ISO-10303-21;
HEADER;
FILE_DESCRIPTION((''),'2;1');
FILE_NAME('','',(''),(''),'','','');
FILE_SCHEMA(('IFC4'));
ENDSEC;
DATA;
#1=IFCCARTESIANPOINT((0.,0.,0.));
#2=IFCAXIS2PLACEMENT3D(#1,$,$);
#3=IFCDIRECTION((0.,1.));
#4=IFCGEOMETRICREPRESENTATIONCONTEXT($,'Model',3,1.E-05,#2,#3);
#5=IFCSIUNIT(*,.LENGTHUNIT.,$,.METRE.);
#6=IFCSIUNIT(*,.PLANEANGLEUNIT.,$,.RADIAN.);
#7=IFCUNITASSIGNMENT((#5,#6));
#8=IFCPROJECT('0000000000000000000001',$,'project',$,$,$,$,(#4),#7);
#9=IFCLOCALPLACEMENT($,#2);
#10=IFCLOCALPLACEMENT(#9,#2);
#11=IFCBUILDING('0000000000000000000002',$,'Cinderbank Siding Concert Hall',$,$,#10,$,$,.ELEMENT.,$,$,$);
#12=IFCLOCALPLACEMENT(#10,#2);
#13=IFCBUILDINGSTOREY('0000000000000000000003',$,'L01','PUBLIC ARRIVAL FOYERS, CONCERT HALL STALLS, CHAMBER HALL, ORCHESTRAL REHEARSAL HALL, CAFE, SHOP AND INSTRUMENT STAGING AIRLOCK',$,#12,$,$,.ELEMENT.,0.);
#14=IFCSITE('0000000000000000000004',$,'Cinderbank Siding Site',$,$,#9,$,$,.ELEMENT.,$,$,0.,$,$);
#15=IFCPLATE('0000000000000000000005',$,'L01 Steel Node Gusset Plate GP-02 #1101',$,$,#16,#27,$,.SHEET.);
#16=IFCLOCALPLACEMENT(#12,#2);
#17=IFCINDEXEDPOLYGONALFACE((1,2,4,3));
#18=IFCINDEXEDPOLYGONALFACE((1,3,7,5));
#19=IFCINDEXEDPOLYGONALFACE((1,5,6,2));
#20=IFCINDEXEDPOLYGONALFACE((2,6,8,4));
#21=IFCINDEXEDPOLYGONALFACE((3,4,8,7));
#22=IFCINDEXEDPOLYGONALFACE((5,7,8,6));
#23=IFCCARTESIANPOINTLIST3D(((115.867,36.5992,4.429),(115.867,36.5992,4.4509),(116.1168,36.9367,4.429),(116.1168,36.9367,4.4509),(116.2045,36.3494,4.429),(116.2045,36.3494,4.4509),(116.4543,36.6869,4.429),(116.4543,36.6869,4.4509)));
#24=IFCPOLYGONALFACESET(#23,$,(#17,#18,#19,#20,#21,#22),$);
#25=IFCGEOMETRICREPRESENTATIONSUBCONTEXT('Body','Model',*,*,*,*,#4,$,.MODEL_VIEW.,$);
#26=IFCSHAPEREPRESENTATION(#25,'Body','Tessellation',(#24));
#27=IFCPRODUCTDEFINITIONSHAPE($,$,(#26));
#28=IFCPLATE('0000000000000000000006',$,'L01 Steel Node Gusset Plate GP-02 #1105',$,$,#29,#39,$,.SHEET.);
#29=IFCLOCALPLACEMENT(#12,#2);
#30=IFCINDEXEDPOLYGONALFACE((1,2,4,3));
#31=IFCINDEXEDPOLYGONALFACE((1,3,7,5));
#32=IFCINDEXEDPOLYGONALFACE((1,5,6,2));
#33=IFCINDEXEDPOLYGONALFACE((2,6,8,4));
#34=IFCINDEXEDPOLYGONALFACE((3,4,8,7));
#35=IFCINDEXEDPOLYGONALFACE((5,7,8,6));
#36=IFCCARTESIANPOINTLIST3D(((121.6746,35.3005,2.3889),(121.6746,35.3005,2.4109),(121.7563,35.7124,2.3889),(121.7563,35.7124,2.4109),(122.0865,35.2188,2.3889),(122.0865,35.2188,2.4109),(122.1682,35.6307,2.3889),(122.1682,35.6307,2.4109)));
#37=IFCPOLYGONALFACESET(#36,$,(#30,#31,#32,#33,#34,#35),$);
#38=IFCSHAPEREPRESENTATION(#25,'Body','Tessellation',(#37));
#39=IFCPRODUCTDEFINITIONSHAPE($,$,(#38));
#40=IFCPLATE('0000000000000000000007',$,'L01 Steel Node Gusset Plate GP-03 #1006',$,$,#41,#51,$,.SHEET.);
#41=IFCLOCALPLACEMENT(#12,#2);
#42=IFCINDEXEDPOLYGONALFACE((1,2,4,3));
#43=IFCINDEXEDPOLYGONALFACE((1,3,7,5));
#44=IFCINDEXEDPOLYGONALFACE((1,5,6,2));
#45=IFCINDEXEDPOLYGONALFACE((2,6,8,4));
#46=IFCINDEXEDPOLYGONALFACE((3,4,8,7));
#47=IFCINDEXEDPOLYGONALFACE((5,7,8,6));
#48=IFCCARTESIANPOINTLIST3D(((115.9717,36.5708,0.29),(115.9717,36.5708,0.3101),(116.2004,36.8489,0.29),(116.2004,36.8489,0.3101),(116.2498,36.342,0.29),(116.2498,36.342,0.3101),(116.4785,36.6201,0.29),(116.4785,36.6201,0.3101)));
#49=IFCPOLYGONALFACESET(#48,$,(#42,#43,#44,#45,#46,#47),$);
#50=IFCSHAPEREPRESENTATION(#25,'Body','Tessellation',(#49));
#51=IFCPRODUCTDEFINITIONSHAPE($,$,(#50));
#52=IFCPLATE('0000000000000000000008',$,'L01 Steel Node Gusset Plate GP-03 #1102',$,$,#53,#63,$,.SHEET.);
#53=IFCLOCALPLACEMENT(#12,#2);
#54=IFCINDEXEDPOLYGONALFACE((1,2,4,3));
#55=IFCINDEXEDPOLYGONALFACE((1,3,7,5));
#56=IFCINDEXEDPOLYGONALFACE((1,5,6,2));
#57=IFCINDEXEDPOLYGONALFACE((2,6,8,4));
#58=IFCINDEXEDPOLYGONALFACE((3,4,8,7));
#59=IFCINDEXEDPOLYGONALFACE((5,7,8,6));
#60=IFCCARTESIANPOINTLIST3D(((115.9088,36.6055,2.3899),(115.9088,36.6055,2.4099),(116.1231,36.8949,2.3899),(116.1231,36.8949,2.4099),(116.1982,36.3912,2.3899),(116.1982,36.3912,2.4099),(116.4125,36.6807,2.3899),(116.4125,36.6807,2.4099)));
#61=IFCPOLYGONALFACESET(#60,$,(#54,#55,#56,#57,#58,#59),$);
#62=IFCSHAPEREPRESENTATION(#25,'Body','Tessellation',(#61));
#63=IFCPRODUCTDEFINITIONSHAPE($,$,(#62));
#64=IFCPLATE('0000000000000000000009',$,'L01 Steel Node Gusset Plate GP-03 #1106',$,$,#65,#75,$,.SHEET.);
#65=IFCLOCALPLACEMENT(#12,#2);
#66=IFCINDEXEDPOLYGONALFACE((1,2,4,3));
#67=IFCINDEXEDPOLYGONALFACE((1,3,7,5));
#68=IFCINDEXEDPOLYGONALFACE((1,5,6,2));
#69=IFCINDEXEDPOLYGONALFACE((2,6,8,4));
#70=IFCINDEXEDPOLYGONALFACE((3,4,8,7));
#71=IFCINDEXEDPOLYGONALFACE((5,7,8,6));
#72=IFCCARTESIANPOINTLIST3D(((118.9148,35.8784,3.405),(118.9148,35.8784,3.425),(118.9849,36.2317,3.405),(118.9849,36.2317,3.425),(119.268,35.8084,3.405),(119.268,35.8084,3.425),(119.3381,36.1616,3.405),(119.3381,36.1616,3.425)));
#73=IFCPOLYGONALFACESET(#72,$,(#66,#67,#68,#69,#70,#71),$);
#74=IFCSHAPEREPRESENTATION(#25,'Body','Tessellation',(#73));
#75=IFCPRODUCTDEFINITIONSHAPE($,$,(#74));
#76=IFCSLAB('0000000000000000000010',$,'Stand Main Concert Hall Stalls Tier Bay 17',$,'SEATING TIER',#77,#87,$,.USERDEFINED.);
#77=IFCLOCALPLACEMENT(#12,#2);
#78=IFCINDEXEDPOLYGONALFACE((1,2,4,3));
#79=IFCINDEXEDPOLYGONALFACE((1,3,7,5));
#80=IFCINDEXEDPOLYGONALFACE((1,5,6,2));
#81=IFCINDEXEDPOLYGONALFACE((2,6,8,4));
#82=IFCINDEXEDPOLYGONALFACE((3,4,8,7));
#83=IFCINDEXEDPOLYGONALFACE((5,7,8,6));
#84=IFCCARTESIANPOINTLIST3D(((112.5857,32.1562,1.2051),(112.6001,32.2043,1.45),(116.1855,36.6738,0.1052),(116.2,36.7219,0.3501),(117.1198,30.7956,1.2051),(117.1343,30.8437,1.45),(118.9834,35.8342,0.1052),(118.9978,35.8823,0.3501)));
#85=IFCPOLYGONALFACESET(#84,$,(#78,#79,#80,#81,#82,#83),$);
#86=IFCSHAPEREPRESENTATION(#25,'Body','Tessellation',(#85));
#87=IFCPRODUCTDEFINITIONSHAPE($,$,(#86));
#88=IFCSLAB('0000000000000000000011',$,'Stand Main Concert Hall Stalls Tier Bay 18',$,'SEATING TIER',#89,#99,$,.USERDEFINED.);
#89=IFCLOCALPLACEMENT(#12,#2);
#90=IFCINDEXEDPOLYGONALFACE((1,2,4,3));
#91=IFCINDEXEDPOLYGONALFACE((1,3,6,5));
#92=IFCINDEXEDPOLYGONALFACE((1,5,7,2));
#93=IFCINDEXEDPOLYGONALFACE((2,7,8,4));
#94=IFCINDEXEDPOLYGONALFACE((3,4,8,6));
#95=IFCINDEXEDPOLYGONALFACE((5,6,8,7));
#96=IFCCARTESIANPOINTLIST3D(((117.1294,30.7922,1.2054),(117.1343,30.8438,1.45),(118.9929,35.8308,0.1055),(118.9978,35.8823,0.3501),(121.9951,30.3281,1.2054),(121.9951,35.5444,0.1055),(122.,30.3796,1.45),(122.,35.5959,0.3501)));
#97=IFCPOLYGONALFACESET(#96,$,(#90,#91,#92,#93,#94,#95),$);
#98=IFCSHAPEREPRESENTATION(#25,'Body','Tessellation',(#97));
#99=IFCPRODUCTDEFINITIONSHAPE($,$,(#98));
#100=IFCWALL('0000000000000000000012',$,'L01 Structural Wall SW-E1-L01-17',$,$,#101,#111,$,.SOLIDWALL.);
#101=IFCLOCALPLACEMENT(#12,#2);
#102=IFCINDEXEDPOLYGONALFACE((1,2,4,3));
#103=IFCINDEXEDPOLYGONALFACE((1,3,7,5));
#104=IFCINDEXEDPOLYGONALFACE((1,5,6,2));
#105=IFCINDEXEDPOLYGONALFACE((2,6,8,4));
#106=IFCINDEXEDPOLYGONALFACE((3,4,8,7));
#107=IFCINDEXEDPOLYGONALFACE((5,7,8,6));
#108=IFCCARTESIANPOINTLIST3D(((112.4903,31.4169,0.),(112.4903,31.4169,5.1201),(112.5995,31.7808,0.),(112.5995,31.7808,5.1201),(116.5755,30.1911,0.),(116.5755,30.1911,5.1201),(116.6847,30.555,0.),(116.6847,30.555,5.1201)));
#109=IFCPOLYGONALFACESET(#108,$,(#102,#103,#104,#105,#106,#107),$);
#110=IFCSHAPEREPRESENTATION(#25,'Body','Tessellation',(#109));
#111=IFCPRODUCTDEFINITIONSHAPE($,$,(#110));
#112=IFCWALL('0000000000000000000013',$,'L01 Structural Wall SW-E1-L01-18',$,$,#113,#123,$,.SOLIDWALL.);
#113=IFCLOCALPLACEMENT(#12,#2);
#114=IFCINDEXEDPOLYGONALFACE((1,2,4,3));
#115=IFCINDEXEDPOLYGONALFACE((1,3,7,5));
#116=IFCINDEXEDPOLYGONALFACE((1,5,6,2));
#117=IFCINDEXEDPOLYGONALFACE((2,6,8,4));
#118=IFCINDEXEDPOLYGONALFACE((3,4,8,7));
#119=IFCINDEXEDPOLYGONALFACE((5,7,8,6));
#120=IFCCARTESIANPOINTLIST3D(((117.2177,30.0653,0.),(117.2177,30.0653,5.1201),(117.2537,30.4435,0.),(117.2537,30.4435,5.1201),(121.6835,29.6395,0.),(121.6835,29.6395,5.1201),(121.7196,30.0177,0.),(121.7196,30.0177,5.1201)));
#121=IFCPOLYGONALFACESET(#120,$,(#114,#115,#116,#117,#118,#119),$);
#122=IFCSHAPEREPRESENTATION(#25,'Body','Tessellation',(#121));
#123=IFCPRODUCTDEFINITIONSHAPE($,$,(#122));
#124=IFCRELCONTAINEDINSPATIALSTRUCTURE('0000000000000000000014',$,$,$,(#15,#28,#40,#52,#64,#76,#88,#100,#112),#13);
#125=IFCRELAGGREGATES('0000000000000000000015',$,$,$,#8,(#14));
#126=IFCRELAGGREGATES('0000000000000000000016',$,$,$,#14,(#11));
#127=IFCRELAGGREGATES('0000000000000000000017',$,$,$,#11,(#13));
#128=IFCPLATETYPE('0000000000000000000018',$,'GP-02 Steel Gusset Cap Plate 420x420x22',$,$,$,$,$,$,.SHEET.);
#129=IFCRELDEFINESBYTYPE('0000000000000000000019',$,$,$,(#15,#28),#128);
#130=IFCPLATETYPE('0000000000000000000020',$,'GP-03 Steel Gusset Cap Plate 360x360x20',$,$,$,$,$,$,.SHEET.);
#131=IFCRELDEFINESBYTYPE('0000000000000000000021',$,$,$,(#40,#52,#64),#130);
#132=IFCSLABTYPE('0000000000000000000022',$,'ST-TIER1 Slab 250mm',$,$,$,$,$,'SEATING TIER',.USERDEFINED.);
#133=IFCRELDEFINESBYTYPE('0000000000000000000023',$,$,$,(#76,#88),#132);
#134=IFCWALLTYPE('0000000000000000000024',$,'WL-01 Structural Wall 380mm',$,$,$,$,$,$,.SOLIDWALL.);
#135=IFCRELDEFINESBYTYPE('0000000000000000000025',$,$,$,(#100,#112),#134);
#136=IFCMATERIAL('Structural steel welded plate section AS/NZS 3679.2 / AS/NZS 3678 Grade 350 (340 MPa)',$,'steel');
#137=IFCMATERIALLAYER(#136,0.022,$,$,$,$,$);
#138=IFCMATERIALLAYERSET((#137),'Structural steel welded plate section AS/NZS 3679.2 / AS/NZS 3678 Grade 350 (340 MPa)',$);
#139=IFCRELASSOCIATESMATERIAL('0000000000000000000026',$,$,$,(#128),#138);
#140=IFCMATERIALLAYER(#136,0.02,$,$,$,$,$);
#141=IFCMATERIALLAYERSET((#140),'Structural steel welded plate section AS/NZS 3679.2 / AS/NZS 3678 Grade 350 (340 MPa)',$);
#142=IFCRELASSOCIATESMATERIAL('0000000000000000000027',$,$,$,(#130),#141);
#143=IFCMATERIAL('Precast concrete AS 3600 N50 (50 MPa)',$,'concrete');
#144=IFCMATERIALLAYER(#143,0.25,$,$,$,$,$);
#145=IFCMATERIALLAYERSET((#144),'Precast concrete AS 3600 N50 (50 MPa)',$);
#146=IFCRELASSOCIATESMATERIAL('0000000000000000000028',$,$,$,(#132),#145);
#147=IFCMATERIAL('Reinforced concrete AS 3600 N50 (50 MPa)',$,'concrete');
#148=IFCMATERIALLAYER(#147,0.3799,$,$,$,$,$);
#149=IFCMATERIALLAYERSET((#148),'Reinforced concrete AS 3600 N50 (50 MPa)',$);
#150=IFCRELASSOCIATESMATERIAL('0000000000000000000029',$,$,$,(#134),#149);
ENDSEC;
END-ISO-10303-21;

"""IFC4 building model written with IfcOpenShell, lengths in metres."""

from ifc_helpers import new_model, si_unit, direction, frame, frame_2d, origin, origin_2d, place, context, subcontext, project, spatial, polyline, rectangle, outline, extrude, material, layer, layer_set, type_object, element, save


model = new_model("IFC4")

# Units and contexts
model_context = context("Model", 3, precision=1e-05, world=origin(), true_north=direction((0.0, 1.0)))
body_context = subcontext(model_context, "Body", "Model", "MODEL_VIEW")
ifc_project = project(units=[si_unit("LENGTHUNIT", "METRE"), si_unit("PLANEANGLEUNIT", "RADIAN")], contexts=[model_context])

# Site, building, storey
site_placement = place(None, origin())
site = spatial("IfcSite", under=ifc_project, at=site_placement, Name="Cinderbank Siding Site", CompositionType="ELEMENT", RefElevation=0.0)
building_placement = place(site_placement, origin())
building = spatial("IfcBuilding", under=site, at=building_placement, Name="Cinderbank Siding Concert Hall", CompositionType="ELEMENT")
storey_placement = place(building_placement, origin())
storey = spatial("IfcBuildingStorey", under=building, at=storey_placement, Name="L01", Description="PUBLIC ARRIVAL FOYERS, CONCERT HALL STALLS, CHAMBER HALL, ORCHESTRAL REHEARSAL HALL, CAFE, SHOP AND INSTRUMENT STAGING AIRLOCK", CompositionType="ELEMENT", Elevation=0.0)

# Shared definitions
ifc_material_1 = material(Name="Reinforced concrete AS 3600 N50 (50 MPa)", Category="concrete")

# Plates
ifc_material_2 = material(Name="Structural steel welded plate section AS/NZS 3679.2 / AS/NZS 3678 Grade 350 (340 MPa)", Category="steel")
ifc_layer_1 = layer(ifc_material_2, 0.022)
ifc_layer_set_1 = layer_set([ifc_layer_1], Name="Structural steel welded plate section AS/NZS 3679.2 / AS/NZS 3678 Grade 350 (340 MPa)")
plate_type_1 = type_object("IfcPlateType", Name="GP-02 Steel Gusset Cap Plate 420x420x22", PredefinedType="SHEET", material=ifc_layer_set_1)
for number, where, z_axis, x_axis, name in (
    (1, (116.1606, 36.6431, 4.429), (0.0, 0.0, 1.0), (0.803753, -0.594963, 0.0), "L01 Steel Node Gusset Plate GP-02 #1101"),
    (2, (121.9214, 35.4656, 2.3889), (0.0, 0.0, 1.0), (-0.980887, 0.194577, 0.0), "L01 Steel Node Gusset Plate GP-02 #1105"),
):
    element("IfcPlate", number, at=place(storey_placement, frame(where, z_axis=z_axis, x_axis=x_axis)), inside=storey, type_object=plate_type_1, Name=name, PredefinedType="SHEET", context=body_context, shape_type="SweptSolid", body=[
        extrude(rectangle(XDim=0.4199, YDim=0.4199, at=origin_2d()), origin(), (0.0, 0.0, 1.0), 0.022),
    ])
ifc_layer_2 = layer(ifc_material_2, 0.02)
ifc_layer_set_2 = layer_set([ifc_layer_2], Name="Structural steel welded plate section AS/NZS 3679.2 / AS/NZS 3678 Grade 350 (340 MPa)")
plate_type_2 = type_object("IfcPlateType", Name="GP-03 Steel Gusset Cap Plate 360x360x20", PredefinedType="SHEET", material=ifc_layer_set_2)
for number, where, z_axis, x_axis, name in (
    (3, (116.2251, 36.5955, 0.29), (0.0, 0.0, 1.0), (-0.63527, -0.77229, 0.0), "L01 Steel Node Gusset Plate GP-03 #1006"),
    (4, (116.1606, 36.6431, 2.3899), (0.0, 0.0, 1.0), (-0.803753, 0.594963, 0.0), "L01 Steel Node Gusset Plate GP-03 #1102"),
    (5, (119.1265, 36.02, 3.405), (0.0, 0.0, 1.0), (-0.980887, 0.194577, 0.0), "L01 Steel Node Gusset Plate GP-03 #1106"),
):
    element("IfcPlate", number, at=place(storey_placement, frame(where, z_axis=z_axis, x_axis=x_axis)), inside=storey, type_object=plate_type_2, Name=name, PredefinedType="SHEET", context=body_context, shape_type="SweptSolid", body=[
        extrude(rectangle(XDim=0.3601, YDim=0.3601, at=origin_2d()), origin(), (0.0, 0.0, 1.0), 0.02),
    ])

# Slabs
ifc_material_3 = material(Name="Precast concrete AS 3600 N50 (50 MPa)", Category="concrete")
ifc_layer_3 = layer(ifc_material_3, 0.25)
ifc_layer_set_3 = layer_set([ifc_layer_3], Name="Precast concrete AS 3600 N50 (50 MPa)")
slab_type = type_object("IfcSlabType", Name="ST-TIER1 Slab 250mm", ElementType="SEATING TIER", PredefinedType="USERDEFINED", material=ifc_layer_set_3)
slab_1_placement = place(storey_placement, frame((116.2, 36.7219, 0.3501), z_axis=(0.057757, 0.192472, 0.979601), x_axis=(0.957803, -0.287424, 0.000001)))
element("IfcSlab", 6, at=slab_1_placement, inside=storey, type_object=slab_type, Name="Stand Main Concert Hall Stalls Tier Bay 17", ObjectType="SEATING TIER", PredefinedType="USERDEFINED", context=body_context, shape_type="SweptSolid", body=[
    extrude(outline(polyline([(0.0, 0.0), (2.9211, 0.0), (2.5844, -5.4732), (-2.1495, -5.4733), (0.0, 0.0)])), origin(), (0.0, 0.0, -1.0), 0.25),
])
slab_2_placement = place(storey_placement, frame((118.9978, 35.8823, 0.3501), z_axis=(0.019675, 0.206273, 0.978297), x_axis=(0.995481, -0.094958, 0.000001)))
element("IfcSlab", 7, at=slab_2_placement, inside=storey, type_object=slab_type, Name="Stand Main Concert Hall Stalls Tier Bay 18", ObjectType="SEATING TIER", PredefinedType="USERDEFINED", context=body_context, shape_type="SweptSolid", body=[
    extrude(outline(polyline([(0.0, 0.0), (3.0158, 0.0), (3.5112, -5.3079), (-1.3767, -5.308), (0.0, 0.0)])), origin(), (0.0, 0.0, -1.0), 0.25),
])

# Walls
ifc_layer_4 = layer(ifc_material_1, 0.3799)
ifc_layer_set_4 = layer_set([ifc_layer_4], Name="Reinforced concrete AS 3600 N50 (50 MPa)")
wall_type_1 = type_object("IfcWallType", Name="WL-01 Structural Wall 380mm", PredefinedType="SOLIDWALL", material=ifc_layer_set_4)
wall_1_placement = place(storey_placement, frame((112.5449, 31.5989, 0.0), z_axis=(0.0, 0.0, 1.0), x_axis=(0.957809, -0.287406, 0.0)))
element("IfcWall", 8, at=wall_1_placement, inside=storey, type_object=wall_type_1, Name="L01 Structural Wall SW-E1-L01-17", PredefinedType="SOLIDWALL", context=body_context, shape_type="SweptSolid", body=[
    extrude(rectangle(XDim=4.2651, YDim=0.3799, at=frame_2d((2.1326, 0.0))), origin(), (0.0, 0.0, 1.0), 5.1201),
])
wall_2_placement = place(storey_placement, frame((117.2356, 30.2544, 0.0), z_axis=(0.0, 0.0, 1.0), x_axis=(0.995486, -0.094912, 0.0)))
element("IfcWall", 9, at=wall_2_placement, inside=storey, type_object=wall_type_1, Name="L01 Structural Wall SW-E1-L01-18", PredefinedType="SOLIDWALL", context=body_context, shape_type="SweptSolid", body=[
    extrude(rectangle(XDim=4.4861, YDim=0.3799, at=frame_2d((2.2432, 0.0))), origin(), (0.0, 0.0, 1.0), 5.1201),
])

save(model, "model.ifc")
